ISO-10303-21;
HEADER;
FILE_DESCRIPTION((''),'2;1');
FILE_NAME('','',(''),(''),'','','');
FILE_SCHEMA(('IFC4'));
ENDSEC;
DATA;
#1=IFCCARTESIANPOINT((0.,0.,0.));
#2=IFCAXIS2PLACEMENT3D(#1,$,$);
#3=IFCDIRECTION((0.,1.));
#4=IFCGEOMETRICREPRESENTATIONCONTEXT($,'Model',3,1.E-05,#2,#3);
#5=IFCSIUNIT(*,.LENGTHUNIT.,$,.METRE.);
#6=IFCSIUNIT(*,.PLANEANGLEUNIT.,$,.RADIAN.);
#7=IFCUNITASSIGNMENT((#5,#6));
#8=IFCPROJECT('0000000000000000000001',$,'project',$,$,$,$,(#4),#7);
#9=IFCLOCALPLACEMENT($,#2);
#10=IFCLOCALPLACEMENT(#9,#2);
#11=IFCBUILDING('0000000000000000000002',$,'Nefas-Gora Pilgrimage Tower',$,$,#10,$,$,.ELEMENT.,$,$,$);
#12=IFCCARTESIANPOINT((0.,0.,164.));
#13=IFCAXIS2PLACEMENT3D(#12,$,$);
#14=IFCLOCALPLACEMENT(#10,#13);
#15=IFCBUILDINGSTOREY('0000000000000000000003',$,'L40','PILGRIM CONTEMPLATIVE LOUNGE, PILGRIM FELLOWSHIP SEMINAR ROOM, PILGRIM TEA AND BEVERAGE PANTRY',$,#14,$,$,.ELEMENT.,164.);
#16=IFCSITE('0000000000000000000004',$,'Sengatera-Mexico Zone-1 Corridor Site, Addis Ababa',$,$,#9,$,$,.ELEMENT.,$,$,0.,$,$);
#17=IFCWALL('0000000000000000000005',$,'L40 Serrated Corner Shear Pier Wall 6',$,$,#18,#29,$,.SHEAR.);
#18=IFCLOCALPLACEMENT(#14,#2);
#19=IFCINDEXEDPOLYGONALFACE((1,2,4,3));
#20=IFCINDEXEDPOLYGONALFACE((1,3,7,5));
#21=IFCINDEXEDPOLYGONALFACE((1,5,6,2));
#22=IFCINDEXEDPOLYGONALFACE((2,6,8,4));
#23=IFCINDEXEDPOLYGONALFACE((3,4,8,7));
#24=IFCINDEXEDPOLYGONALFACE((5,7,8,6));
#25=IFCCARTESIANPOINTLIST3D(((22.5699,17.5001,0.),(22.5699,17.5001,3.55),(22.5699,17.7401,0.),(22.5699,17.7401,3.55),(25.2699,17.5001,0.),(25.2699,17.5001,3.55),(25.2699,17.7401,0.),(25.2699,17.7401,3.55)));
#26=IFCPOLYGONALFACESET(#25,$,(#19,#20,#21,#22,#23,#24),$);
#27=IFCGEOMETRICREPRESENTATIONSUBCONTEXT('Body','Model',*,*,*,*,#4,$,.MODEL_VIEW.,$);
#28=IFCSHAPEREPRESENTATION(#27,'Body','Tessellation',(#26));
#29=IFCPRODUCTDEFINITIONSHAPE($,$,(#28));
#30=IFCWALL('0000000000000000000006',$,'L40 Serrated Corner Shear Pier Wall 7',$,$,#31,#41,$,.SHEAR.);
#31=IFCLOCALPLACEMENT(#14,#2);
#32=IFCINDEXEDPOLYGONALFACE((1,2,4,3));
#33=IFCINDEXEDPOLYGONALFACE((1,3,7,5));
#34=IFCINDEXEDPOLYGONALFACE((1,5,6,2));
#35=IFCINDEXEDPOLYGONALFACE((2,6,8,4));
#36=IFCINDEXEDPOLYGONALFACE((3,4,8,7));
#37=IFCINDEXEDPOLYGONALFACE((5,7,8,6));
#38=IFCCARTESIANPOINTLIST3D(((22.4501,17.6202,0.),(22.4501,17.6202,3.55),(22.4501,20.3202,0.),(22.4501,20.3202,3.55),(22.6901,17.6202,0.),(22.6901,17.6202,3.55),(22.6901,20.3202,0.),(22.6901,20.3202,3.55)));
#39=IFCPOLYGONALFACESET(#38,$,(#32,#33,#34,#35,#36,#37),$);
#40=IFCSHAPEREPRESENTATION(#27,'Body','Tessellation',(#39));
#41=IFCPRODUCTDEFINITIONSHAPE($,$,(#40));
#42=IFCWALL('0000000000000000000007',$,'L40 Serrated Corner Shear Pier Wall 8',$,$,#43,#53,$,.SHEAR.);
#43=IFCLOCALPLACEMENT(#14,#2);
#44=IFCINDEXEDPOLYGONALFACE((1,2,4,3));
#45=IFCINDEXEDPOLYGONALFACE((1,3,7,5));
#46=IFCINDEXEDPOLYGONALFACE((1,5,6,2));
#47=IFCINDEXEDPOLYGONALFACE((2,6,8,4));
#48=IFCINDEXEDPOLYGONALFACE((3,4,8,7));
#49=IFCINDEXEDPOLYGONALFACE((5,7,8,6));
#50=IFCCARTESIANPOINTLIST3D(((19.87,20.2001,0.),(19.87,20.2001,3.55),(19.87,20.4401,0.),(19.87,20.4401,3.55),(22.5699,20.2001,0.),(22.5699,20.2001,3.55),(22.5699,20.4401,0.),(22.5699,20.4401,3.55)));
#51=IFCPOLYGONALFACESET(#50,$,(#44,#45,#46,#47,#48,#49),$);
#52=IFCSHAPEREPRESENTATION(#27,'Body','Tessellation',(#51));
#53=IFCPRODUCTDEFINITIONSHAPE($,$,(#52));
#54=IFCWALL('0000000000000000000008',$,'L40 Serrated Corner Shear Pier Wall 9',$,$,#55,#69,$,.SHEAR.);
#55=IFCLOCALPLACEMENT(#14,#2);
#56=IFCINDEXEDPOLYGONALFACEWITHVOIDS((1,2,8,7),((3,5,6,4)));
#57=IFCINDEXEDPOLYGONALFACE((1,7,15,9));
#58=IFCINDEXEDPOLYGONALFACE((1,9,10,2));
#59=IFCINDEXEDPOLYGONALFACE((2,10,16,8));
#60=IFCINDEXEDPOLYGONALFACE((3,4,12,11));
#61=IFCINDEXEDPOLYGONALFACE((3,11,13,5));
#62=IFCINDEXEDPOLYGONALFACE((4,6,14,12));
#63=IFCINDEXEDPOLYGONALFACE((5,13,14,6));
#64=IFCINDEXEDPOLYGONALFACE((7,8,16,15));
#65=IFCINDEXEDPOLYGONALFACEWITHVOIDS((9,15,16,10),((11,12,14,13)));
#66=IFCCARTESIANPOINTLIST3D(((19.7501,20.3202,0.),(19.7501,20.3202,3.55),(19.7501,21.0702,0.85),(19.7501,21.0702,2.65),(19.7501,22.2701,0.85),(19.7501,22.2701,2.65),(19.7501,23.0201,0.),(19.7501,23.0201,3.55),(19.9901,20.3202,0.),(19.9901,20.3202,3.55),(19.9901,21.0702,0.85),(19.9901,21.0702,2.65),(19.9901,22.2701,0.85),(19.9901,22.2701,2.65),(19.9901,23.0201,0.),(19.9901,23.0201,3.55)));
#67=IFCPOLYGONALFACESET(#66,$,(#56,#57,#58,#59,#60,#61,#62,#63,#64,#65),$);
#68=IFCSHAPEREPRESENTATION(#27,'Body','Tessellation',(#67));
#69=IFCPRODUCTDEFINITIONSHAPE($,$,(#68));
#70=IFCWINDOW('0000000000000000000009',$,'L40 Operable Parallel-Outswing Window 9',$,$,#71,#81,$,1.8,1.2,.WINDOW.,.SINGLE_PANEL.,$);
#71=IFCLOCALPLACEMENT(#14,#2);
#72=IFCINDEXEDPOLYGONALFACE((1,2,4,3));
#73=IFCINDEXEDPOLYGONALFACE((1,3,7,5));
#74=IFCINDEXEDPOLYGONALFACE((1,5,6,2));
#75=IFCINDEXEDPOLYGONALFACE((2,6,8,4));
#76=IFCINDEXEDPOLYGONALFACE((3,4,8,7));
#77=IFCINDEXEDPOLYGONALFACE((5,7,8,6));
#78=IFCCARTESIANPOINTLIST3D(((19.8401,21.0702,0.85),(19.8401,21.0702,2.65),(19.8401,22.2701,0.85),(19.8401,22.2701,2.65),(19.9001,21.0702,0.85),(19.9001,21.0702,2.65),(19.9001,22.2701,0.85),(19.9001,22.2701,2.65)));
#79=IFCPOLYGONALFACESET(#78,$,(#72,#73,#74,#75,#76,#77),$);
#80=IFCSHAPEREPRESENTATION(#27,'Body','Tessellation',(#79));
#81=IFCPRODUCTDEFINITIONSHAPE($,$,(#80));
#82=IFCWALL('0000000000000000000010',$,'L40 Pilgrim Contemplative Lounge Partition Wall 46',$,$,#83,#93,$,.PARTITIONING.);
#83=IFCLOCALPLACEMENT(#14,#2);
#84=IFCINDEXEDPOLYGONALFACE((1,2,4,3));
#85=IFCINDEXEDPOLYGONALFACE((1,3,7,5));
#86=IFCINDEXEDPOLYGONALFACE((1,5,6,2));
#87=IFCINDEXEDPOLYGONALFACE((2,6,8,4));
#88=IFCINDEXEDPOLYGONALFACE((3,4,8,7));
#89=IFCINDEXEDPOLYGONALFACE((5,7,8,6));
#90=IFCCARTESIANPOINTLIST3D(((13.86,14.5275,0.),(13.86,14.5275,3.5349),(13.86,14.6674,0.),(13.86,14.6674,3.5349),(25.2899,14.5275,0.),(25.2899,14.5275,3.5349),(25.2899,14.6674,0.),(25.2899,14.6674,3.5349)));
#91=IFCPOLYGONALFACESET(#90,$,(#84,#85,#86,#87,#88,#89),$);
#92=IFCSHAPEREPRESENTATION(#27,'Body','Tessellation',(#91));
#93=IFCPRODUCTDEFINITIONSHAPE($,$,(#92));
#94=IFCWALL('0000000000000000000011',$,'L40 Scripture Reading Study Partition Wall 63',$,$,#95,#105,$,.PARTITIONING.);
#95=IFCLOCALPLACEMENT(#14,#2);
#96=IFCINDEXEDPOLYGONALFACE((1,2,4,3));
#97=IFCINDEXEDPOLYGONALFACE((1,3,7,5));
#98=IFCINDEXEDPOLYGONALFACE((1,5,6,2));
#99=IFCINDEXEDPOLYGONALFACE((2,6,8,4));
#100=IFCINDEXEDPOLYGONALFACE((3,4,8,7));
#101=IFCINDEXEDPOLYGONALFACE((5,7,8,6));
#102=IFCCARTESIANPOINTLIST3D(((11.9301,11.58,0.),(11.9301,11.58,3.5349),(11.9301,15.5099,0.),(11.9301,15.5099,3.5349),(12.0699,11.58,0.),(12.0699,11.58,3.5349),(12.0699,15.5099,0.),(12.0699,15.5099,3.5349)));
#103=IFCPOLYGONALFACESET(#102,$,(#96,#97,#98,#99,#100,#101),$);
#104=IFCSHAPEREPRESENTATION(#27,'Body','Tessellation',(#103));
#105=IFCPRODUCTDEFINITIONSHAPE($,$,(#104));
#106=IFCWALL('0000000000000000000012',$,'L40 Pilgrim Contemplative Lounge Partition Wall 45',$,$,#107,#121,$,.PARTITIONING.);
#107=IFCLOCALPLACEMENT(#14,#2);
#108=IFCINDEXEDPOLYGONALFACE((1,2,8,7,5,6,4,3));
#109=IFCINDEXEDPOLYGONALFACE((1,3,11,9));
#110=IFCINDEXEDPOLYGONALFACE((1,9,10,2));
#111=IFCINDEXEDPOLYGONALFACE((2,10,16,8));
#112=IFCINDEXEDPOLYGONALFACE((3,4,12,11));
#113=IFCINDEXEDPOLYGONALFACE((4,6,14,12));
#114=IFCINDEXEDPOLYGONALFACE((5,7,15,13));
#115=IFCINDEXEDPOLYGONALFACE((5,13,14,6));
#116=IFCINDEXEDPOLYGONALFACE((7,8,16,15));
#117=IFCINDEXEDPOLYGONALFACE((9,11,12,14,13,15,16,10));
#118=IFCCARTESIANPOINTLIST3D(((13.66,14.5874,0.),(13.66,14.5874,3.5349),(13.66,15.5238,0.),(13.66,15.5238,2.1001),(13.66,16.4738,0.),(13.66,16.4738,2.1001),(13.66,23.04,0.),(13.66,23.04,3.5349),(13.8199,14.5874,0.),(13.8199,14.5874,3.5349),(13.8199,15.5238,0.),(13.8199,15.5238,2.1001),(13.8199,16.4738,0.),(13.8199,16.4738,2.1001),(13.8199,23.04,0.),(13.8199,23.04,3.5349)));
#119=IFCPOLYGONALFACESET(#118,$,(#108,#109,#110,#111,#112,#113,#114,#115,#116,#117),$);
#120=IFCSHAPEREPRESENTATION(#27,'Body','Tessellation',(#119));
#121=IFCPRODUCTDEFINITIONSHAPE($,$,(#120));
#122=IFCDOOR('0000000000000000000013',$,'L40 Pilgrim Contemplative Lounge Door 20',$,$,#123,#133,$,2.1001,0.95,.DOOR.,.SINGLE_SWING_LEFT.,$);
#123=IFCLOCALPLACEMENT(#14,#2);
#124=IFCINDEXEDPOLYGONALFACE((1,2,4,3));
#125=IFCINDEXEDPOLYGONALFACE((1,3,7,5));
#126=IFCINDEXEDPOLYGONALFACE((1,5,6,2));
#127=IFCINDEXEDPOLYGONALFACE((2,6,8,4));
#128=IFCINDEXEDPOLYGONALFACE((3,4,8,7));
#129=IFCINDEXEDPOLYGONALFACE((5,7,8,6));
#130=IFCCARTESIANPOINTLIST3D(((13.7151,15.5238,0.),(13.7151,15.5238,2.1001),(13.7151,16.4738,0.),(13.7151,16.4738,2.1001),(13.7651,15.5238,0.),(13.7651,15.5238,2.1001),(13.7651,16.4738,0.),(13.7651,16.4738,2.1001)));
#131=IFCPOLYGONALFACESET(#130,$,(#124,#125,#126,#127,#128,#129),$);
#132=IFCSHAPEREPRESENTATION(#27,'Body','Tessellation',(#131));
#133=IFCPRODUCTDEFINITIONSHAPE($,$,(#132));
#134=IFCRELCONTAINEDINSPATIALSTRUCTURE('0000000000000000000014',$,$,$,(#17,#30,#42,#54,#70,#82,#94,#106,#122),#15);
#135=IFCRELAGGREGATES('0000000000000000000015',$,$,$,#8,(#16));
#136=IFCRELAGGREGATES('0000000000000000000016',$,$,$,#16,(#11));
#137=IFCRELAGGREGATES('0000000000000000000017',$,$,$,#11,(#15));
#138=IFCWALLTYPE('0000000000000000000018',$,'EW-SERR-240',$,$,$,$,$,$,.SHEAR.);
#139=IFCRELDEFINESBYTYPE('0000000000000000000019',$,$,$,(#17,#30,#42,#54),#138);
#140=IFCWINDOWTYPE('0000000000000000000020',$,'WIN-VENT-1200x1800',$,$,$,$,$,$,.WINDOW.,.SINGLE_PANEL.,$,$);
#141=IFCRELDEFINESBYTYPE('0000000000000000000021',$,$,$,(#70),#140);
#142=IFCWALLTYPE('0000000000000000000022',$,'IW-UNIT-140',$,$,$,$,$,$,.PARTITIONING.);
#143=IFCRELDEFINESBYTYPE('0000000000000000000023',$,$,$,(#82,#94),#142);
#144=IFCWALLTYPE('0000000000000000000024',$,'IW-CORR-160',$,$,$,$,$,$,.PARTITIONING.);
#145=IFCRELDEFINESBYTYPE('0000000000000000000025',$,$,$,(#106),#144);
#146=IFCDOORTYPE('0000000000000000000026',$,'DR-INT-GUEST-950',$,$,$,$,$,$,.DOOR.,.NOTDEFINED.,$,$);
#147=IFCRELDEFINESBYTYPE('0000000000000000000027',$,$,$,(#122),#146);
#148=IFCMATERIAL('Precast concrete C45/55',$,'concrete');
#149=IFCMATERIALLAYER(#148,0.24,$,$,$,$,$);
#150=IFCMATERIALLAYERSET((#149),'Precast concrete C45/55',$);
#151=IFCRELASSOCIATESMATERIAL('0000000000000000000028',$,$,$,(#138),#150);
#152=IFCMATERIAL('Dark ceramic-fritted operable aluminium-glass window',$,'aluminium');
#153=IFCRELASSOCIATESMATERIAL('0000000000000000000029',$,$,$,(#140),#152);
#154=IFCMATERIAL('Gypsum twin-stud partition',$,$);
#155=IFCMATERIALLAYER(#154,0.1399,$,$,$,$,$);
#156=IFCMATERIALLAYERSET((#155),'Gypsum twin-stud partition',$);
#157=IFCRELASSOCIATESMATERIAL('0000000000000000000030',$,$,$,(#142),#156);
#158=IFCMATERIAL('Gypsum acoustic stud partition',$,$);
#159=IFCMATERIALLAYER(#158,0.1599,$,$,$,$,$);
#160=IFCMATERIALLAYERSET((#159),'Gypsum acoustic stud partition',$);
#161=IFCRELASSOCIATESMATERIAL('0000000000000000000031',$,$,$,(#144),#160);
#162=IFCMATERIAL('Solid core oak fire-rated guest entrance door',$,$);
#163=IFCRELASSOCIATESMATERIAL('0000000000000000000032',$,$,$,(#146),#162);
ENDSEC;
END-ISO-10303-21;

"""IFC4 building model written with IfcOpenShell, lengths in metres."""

from ifc_helpers import new_model, si_unit, direction, frame, frame_2d, origin, place, context, subcontext, project, spatial, rectangle, extrude, source, transform, mapped, material, layer, layer_set, type_object, element, fill, save


model = new_model("IFC4")

# Units and contexts
model_context = context("Model", 3, precision=1e-05, world=origin(), true_north=direction((0.0, 1.0)))
body_context = subcontext(model_context, "Body", "Model", "MODEL_VIEW")
ifc_project = project(units=[si_unit("LENGTHUNIT", "METRE"), si_unit("PLANEANGLEUNIT", "RADIAN")], contexts=[model_context])

# Site, building, storey
site_placement = place(None, origin())
site = spatial("IfcSite", under=ifc_project, at=site_placement, Name="Sengatera-Mexico Zone-1 Corridor Site, Addis Ababa", CompositionType="ELEMENT", RefElevation=0.0)
building_placement = place(site_placement, origin())
building = spatial("IfcBuilding", under=site, at=building_placement, Name="Nefas-Gora Pilgrimage Tower", CompositionType="ELEMENT")
storey_placement = place(building_placement, frame((0.0, 0.0, 164.0)))
storey = spatial("IfcBuildingStorey", under=building, at=storey_placement, Name="L40", Description="PILGRIM CONTEMPLATIVE LOUNGE, PILGRIM FELLOWSHIP SEMINAR ROOM, PILGRIM TEA AND BEVERAGE PANTRY", CompositionType="ELEMENT", Elevation=164.0)

# Walls
ifc_material_1 = material(Name="Precast concrete C45/55", Category="concrete")
ifc_layer_1 = layer(ifc_material_1, 0.24)
ifc_layer_set_1 = layer_set([ifc_layer_1], Name="Precast concrete C45/55")
wall_type_1 = type_object("IfcWallType", Name="EW-SERR-240", PredefinedType="SHEAR", material=ifc_layer_set_1)
shared_shape_1 = source(origin(), body_context, "Body", "SweptSolid", [
    extrude(rectangle(XDim=2.7, YDim=0.24, at=frame_2d((1.3501, 0.0))), origin(), (0.0, 0.0, 1.0), 3.55),
])
for number, where, z_axis, x_axis, name in (
    (1, (25.27, 17.6201, 0.0), (0.0, 0.0, 1.0), (-1.0, 0.0, 0.0), "L40 Serrated Corner Shear Pier Wall 6"),
    (2, (22.5701, 17.6201, 0.0), (0.0, 0.0, 1.0), (0.0, 1.0, 0.0), "L40 Serrated Corner Shear Pier Wall 7"),
    (3, (22.5701, 20.3201, 0.0), (0.0, 0.0, 1.0), (-1.0, 0.0, 0.0), "L40 Serrated Corner Shear Pier Wall 8"),
):
    element("IfcWall", number, at=place(storey_placement, frame(where, z_axis=z_axis, x_axis=x_axis)), inside=storey, type_object=wall_type_1, Name=name, PredefinedType="SHEAR", context=body_context, shape_type="MappedRepresentation", body=[
        mapped(shared_shape_1, transform((0.0, 0.0, 0.0), x_axis=(1.0, 0.0, 0.0), y_axis=(0.0, 1.0, 0.0), z_axis=(0.0, 0.0, 1.0), scale=1.0)),
    ])

# Wall, opening, window
wall_1_placement = place(storey_placement, frame((19.8701, 20.3201, 0.0), z_axis=(0.0, 0.0, 1.0), x_axis=(0.0, 1.0, 0.0)))
wall_1 = element("IfcWall", 4, at=wall_1_placement, inside=storey, type_object=wall_type_1, Name="L40 Serrated Corner Shear Pier Wall 9", PredefinedType="SHEAR", context=body_context, shape_type="MappedRepresentation", body=[
    mapped(shared_shape_1, transform((0.0, 0.0, 0.0), x_axis=(1.0, 0.0, 0.0), y_axis=(0.0, 1.0, 0.0), z_axis=(0.0, 0.0, 1.0), scale=1.0)),
])
opening_1_placement = place(wall_1_placement, frame((0.75, 0.0, 0.8501)))
opening_1 = element("IfcOpeningElement", 5, at=opening_1_placement, cuts=wall_1, PredefinedType="OPENING", context=body_context, shape_type="SweptSolid", body=[
    extrude(rectangle(XDim=1.2, YDim=1.8, at=frame_2d((0.6001, 0.8999))), frame((0.0, 0.1299, 0.0), z_axis=(0.0, -1.0, 0.0), x_axis=(1.0, 0.0, 0.0)), (0.0, 0.0, 1.0), 0.26),
])
ifc_material_2 = material(Name="Dark ceramic-fritted operable aluminium-glass window", Category="aluminium")
window_type = type_object("IfcWindowType", Name="WIN-VENT-1200x1800", PartitioningType="SINGLE_PANEL", PredefinedType="WINDOW", material=ifc_material_2)
shared_shape_2 = source(origin(), body_context, "Body", "SweptSolid", [
    extrude(rectangle(XDim=1.2, YDim=1.8, at=frame_2d((0.6001, 0.8999))), frame((0.0, 0.03, 0.0), z_axis=(0.0, -1.0, 0.0), x_axis=(1.0, 0.0, 0.0)), (0.0, 0.0, 1.0), 0.0601),
])
window_placement = place(opening_1_placement, origin())
window = element("IfcWindow", 6, at=window_placement, inside=storey, type_object=window_type, Name="L40 Operable Parallel-Outswing Window 9", OverallHeight=1.8, OverallWidth=1.2, PartitioningType="SINGLE_PANEL", PredefinedType="WINDOW", context=body_context, shape_type="MappedRepresentation", body=[
    mapped(shared_shape_2, transform((0.0, 0.0, 0.0), x_axis=(1.0, 0.0, 0.0), y_axis=(0.0, 1.0, 0.0), z_axis=(0.0, 0.0, 1.0), scale=1.0)),
])
fill(opening_1, window)

# Walls
ifc_material_3 = material(Name="Gypsum twin-stud partition")
ifc_layer_2 = layer(ifc_material_3, 0.1399)
ifc_layer_set_2 = layer_set([ifc_layer_2], Name="Gypsum twin-stud partition")
wall_type_2 = type_object("IfcWallType", Name="IW-UNIT-140", PredefinedType="PARTITIONING", material=ifc_layer_set_2)
shared_shape_3 = source(origin(), body_context, "Body", "SweptSolid", [
    extrude(rectangle(XDim=11.4299, YDim=0.1399, at=frame_2d((5.7148, 0.0))), origin(), (0.0, 0.0, 1.0), 3.5349),
])
wall_2_placement = place(storey_placement, frame((13.8601, 14.5974, 0.0), z_axis=(0.0, 0.0, 1.0), x_axis=(1.0, 0.0, 0.0)))
element("IfcWall", 7, at=wall_2_placement, inside=storey, type_object=wall_type_2, Name="L40 Pilgrim Contemplative Lounge Partition Wall 46", PredefinedType="PARTITIONING", context=body_context, shape_type="MappedRepresentation", body=[
    mapped(shared_shape_3, transform((0.0, 0.0, 0.0), x_axis=(1.0, 0.0, 0.0), y_axis=(0.0, 1.0, 0.0), z_axis=(0.0, 0.0, 1.0), scale=1.0)),
])
shared_shape_4 = source(origin(), body_context, "Body", "SweptSolid", [
    extrude(rectangle(XDim=3.9299, YDim=0.1399, at=frame_2d((1.9648, 0.0))), origin(), (0.0, 0.0, 1.0), 3.5349),
])
wall_3_placement = place(storey_placement, frame((12.0, 11.5801, 0.0), z_axis=(0.0, 0.0, 1.0), x_axis=(0.0, 1.0, 0.0)))
element("IfcWall", 8, at=wall_3_placement, inside=storey, type_object=wall_type_2, Name="L40 Scripture Reading Study Partition Wall 63", PredefinedType="PARTITIONING", context=body_context, shape_type="MappedRepresentation", body=[
    mapped(shared_shape_4, transform((0.0, 0.0, 0.0), x_axis=(1.0, 0.0, 0.0), y_axis=(0.0, 1.0, 0.0), z_axis=(0.0, 0.0, 1.0), scale=1.0)),
])

# Wall, opening, door
ifc_material_4 = material(Name="Gypsum acoustic stud partition")
ifc_layer_3 = layer(ifc_material_4, 0.1599)
ifc_layer_set_3 = layer_set([ifc_layer_3], Name="Gypsum acoustic stud partition")
wall_type_3 = type_object("IfcWallType", Name="IW-CORR-160", PredefinedType="PARTITIONING", material=ifc_layer_set_3)
shared_shape_5 = source(origin(), body_context, "Body", "SweptSolid", [
    extrude(rectangle(XDim=8.4526, YDim=0.1599, at=frame_2d((4.2263, 0.0))), origin(), (0.0, 0.0, 1.0), 3.5349),
])
wall_4_placement = place(storey_placement, frame((13.74, 14.5874, 0.0), z_axis=(0.0, 0.0, 1.0), x_axis=(0.0, 1.0, 0.0)))
wall_4 = element("IfcWall", 9, at=wall_4_placement, inside=storey, type_object=wall_type_3, Name="L40 Pilgrim Contemplative Lounge Partition Wall 45", PredefinedType="PARTITIONING", context=body_context, shape_type="MappedRepresentation", body=[
    mapped(shared_shape_5, transform((0.0, 0.0, 0.0), x_axis=(1.0, 0.0, 0.0), y_axis=(0.0, 1.0, 0.0), z_axis=(0.0, 0.0, 1.0), scale=1.0)),
])
opening_2_placement = place(wall_4_placement, frame((0.9363, 0.0, 0.0)))
opening_2 = element("IfcOpeningElement", 10, at=opening_2_placement, cuts=wall_4, PredefinedType="OPENING", context=body_context, shape_type="SweptSolid", body=[
    extrude(rectangle(XDim=0.95, YDim=2.1001, at=frame_2d((0.4751, 1.05))), frame((0.0, 0.0898, 0.0), z_axis=(0.0, -1.0, 0.0), x_axis=(1.0, 0.0, 0.0)), (0.0, 0.0, 1.0), 0.1799),
])
ifc_material_5 = material(Name="Solid core oak fire-rated guest entrance door")
door_type = type_object("IfcDoorType", Name="DR-INT-GUEST-950", OperationType="NOTDEFINED", PredefinedType="DOOR", material=ifc_material_5)
shared_shape_6 = source(origin(), body_context, "Body", "SweptSolid", [
    extrude(rectangle(XDim=0.95, YDim=2.1001, at=frame_2d((0.4751, 1.05))), frame((0.0, 0.0249, 0.0), z_axis=(0.0, -1.0, 0.0), x_axis=(1.0, 0.0, 0.0)), (0.0, 0.0, 1.0), 0.05),
])
door_placement = place(opening_2_placement, origin())
door = element("IfcDoor", 11, at=door_placement, inside=storey, type_object=door_type, Name="L40 Pilgrim Contemplative Lounge Door 20", OperationType="SINGLE_SWING_LEFT", OverallHeight=2.1001, OverallWidth=0.95, PredefinedType="DOOR", context=body_context, shape_type="MappedRepresentation", body=[
    mapped(shared_shape_6, transform((0.0, 0.0, 0.0), x_axis=(1.0, 0.0, 0.0), y_axis=(0.0, 1.0, 0.0), z_axis=(0.0, 0.0, 1.0), scale=1.0)),
])
fill(opening_2, door)

save(model, "model.ifc")
